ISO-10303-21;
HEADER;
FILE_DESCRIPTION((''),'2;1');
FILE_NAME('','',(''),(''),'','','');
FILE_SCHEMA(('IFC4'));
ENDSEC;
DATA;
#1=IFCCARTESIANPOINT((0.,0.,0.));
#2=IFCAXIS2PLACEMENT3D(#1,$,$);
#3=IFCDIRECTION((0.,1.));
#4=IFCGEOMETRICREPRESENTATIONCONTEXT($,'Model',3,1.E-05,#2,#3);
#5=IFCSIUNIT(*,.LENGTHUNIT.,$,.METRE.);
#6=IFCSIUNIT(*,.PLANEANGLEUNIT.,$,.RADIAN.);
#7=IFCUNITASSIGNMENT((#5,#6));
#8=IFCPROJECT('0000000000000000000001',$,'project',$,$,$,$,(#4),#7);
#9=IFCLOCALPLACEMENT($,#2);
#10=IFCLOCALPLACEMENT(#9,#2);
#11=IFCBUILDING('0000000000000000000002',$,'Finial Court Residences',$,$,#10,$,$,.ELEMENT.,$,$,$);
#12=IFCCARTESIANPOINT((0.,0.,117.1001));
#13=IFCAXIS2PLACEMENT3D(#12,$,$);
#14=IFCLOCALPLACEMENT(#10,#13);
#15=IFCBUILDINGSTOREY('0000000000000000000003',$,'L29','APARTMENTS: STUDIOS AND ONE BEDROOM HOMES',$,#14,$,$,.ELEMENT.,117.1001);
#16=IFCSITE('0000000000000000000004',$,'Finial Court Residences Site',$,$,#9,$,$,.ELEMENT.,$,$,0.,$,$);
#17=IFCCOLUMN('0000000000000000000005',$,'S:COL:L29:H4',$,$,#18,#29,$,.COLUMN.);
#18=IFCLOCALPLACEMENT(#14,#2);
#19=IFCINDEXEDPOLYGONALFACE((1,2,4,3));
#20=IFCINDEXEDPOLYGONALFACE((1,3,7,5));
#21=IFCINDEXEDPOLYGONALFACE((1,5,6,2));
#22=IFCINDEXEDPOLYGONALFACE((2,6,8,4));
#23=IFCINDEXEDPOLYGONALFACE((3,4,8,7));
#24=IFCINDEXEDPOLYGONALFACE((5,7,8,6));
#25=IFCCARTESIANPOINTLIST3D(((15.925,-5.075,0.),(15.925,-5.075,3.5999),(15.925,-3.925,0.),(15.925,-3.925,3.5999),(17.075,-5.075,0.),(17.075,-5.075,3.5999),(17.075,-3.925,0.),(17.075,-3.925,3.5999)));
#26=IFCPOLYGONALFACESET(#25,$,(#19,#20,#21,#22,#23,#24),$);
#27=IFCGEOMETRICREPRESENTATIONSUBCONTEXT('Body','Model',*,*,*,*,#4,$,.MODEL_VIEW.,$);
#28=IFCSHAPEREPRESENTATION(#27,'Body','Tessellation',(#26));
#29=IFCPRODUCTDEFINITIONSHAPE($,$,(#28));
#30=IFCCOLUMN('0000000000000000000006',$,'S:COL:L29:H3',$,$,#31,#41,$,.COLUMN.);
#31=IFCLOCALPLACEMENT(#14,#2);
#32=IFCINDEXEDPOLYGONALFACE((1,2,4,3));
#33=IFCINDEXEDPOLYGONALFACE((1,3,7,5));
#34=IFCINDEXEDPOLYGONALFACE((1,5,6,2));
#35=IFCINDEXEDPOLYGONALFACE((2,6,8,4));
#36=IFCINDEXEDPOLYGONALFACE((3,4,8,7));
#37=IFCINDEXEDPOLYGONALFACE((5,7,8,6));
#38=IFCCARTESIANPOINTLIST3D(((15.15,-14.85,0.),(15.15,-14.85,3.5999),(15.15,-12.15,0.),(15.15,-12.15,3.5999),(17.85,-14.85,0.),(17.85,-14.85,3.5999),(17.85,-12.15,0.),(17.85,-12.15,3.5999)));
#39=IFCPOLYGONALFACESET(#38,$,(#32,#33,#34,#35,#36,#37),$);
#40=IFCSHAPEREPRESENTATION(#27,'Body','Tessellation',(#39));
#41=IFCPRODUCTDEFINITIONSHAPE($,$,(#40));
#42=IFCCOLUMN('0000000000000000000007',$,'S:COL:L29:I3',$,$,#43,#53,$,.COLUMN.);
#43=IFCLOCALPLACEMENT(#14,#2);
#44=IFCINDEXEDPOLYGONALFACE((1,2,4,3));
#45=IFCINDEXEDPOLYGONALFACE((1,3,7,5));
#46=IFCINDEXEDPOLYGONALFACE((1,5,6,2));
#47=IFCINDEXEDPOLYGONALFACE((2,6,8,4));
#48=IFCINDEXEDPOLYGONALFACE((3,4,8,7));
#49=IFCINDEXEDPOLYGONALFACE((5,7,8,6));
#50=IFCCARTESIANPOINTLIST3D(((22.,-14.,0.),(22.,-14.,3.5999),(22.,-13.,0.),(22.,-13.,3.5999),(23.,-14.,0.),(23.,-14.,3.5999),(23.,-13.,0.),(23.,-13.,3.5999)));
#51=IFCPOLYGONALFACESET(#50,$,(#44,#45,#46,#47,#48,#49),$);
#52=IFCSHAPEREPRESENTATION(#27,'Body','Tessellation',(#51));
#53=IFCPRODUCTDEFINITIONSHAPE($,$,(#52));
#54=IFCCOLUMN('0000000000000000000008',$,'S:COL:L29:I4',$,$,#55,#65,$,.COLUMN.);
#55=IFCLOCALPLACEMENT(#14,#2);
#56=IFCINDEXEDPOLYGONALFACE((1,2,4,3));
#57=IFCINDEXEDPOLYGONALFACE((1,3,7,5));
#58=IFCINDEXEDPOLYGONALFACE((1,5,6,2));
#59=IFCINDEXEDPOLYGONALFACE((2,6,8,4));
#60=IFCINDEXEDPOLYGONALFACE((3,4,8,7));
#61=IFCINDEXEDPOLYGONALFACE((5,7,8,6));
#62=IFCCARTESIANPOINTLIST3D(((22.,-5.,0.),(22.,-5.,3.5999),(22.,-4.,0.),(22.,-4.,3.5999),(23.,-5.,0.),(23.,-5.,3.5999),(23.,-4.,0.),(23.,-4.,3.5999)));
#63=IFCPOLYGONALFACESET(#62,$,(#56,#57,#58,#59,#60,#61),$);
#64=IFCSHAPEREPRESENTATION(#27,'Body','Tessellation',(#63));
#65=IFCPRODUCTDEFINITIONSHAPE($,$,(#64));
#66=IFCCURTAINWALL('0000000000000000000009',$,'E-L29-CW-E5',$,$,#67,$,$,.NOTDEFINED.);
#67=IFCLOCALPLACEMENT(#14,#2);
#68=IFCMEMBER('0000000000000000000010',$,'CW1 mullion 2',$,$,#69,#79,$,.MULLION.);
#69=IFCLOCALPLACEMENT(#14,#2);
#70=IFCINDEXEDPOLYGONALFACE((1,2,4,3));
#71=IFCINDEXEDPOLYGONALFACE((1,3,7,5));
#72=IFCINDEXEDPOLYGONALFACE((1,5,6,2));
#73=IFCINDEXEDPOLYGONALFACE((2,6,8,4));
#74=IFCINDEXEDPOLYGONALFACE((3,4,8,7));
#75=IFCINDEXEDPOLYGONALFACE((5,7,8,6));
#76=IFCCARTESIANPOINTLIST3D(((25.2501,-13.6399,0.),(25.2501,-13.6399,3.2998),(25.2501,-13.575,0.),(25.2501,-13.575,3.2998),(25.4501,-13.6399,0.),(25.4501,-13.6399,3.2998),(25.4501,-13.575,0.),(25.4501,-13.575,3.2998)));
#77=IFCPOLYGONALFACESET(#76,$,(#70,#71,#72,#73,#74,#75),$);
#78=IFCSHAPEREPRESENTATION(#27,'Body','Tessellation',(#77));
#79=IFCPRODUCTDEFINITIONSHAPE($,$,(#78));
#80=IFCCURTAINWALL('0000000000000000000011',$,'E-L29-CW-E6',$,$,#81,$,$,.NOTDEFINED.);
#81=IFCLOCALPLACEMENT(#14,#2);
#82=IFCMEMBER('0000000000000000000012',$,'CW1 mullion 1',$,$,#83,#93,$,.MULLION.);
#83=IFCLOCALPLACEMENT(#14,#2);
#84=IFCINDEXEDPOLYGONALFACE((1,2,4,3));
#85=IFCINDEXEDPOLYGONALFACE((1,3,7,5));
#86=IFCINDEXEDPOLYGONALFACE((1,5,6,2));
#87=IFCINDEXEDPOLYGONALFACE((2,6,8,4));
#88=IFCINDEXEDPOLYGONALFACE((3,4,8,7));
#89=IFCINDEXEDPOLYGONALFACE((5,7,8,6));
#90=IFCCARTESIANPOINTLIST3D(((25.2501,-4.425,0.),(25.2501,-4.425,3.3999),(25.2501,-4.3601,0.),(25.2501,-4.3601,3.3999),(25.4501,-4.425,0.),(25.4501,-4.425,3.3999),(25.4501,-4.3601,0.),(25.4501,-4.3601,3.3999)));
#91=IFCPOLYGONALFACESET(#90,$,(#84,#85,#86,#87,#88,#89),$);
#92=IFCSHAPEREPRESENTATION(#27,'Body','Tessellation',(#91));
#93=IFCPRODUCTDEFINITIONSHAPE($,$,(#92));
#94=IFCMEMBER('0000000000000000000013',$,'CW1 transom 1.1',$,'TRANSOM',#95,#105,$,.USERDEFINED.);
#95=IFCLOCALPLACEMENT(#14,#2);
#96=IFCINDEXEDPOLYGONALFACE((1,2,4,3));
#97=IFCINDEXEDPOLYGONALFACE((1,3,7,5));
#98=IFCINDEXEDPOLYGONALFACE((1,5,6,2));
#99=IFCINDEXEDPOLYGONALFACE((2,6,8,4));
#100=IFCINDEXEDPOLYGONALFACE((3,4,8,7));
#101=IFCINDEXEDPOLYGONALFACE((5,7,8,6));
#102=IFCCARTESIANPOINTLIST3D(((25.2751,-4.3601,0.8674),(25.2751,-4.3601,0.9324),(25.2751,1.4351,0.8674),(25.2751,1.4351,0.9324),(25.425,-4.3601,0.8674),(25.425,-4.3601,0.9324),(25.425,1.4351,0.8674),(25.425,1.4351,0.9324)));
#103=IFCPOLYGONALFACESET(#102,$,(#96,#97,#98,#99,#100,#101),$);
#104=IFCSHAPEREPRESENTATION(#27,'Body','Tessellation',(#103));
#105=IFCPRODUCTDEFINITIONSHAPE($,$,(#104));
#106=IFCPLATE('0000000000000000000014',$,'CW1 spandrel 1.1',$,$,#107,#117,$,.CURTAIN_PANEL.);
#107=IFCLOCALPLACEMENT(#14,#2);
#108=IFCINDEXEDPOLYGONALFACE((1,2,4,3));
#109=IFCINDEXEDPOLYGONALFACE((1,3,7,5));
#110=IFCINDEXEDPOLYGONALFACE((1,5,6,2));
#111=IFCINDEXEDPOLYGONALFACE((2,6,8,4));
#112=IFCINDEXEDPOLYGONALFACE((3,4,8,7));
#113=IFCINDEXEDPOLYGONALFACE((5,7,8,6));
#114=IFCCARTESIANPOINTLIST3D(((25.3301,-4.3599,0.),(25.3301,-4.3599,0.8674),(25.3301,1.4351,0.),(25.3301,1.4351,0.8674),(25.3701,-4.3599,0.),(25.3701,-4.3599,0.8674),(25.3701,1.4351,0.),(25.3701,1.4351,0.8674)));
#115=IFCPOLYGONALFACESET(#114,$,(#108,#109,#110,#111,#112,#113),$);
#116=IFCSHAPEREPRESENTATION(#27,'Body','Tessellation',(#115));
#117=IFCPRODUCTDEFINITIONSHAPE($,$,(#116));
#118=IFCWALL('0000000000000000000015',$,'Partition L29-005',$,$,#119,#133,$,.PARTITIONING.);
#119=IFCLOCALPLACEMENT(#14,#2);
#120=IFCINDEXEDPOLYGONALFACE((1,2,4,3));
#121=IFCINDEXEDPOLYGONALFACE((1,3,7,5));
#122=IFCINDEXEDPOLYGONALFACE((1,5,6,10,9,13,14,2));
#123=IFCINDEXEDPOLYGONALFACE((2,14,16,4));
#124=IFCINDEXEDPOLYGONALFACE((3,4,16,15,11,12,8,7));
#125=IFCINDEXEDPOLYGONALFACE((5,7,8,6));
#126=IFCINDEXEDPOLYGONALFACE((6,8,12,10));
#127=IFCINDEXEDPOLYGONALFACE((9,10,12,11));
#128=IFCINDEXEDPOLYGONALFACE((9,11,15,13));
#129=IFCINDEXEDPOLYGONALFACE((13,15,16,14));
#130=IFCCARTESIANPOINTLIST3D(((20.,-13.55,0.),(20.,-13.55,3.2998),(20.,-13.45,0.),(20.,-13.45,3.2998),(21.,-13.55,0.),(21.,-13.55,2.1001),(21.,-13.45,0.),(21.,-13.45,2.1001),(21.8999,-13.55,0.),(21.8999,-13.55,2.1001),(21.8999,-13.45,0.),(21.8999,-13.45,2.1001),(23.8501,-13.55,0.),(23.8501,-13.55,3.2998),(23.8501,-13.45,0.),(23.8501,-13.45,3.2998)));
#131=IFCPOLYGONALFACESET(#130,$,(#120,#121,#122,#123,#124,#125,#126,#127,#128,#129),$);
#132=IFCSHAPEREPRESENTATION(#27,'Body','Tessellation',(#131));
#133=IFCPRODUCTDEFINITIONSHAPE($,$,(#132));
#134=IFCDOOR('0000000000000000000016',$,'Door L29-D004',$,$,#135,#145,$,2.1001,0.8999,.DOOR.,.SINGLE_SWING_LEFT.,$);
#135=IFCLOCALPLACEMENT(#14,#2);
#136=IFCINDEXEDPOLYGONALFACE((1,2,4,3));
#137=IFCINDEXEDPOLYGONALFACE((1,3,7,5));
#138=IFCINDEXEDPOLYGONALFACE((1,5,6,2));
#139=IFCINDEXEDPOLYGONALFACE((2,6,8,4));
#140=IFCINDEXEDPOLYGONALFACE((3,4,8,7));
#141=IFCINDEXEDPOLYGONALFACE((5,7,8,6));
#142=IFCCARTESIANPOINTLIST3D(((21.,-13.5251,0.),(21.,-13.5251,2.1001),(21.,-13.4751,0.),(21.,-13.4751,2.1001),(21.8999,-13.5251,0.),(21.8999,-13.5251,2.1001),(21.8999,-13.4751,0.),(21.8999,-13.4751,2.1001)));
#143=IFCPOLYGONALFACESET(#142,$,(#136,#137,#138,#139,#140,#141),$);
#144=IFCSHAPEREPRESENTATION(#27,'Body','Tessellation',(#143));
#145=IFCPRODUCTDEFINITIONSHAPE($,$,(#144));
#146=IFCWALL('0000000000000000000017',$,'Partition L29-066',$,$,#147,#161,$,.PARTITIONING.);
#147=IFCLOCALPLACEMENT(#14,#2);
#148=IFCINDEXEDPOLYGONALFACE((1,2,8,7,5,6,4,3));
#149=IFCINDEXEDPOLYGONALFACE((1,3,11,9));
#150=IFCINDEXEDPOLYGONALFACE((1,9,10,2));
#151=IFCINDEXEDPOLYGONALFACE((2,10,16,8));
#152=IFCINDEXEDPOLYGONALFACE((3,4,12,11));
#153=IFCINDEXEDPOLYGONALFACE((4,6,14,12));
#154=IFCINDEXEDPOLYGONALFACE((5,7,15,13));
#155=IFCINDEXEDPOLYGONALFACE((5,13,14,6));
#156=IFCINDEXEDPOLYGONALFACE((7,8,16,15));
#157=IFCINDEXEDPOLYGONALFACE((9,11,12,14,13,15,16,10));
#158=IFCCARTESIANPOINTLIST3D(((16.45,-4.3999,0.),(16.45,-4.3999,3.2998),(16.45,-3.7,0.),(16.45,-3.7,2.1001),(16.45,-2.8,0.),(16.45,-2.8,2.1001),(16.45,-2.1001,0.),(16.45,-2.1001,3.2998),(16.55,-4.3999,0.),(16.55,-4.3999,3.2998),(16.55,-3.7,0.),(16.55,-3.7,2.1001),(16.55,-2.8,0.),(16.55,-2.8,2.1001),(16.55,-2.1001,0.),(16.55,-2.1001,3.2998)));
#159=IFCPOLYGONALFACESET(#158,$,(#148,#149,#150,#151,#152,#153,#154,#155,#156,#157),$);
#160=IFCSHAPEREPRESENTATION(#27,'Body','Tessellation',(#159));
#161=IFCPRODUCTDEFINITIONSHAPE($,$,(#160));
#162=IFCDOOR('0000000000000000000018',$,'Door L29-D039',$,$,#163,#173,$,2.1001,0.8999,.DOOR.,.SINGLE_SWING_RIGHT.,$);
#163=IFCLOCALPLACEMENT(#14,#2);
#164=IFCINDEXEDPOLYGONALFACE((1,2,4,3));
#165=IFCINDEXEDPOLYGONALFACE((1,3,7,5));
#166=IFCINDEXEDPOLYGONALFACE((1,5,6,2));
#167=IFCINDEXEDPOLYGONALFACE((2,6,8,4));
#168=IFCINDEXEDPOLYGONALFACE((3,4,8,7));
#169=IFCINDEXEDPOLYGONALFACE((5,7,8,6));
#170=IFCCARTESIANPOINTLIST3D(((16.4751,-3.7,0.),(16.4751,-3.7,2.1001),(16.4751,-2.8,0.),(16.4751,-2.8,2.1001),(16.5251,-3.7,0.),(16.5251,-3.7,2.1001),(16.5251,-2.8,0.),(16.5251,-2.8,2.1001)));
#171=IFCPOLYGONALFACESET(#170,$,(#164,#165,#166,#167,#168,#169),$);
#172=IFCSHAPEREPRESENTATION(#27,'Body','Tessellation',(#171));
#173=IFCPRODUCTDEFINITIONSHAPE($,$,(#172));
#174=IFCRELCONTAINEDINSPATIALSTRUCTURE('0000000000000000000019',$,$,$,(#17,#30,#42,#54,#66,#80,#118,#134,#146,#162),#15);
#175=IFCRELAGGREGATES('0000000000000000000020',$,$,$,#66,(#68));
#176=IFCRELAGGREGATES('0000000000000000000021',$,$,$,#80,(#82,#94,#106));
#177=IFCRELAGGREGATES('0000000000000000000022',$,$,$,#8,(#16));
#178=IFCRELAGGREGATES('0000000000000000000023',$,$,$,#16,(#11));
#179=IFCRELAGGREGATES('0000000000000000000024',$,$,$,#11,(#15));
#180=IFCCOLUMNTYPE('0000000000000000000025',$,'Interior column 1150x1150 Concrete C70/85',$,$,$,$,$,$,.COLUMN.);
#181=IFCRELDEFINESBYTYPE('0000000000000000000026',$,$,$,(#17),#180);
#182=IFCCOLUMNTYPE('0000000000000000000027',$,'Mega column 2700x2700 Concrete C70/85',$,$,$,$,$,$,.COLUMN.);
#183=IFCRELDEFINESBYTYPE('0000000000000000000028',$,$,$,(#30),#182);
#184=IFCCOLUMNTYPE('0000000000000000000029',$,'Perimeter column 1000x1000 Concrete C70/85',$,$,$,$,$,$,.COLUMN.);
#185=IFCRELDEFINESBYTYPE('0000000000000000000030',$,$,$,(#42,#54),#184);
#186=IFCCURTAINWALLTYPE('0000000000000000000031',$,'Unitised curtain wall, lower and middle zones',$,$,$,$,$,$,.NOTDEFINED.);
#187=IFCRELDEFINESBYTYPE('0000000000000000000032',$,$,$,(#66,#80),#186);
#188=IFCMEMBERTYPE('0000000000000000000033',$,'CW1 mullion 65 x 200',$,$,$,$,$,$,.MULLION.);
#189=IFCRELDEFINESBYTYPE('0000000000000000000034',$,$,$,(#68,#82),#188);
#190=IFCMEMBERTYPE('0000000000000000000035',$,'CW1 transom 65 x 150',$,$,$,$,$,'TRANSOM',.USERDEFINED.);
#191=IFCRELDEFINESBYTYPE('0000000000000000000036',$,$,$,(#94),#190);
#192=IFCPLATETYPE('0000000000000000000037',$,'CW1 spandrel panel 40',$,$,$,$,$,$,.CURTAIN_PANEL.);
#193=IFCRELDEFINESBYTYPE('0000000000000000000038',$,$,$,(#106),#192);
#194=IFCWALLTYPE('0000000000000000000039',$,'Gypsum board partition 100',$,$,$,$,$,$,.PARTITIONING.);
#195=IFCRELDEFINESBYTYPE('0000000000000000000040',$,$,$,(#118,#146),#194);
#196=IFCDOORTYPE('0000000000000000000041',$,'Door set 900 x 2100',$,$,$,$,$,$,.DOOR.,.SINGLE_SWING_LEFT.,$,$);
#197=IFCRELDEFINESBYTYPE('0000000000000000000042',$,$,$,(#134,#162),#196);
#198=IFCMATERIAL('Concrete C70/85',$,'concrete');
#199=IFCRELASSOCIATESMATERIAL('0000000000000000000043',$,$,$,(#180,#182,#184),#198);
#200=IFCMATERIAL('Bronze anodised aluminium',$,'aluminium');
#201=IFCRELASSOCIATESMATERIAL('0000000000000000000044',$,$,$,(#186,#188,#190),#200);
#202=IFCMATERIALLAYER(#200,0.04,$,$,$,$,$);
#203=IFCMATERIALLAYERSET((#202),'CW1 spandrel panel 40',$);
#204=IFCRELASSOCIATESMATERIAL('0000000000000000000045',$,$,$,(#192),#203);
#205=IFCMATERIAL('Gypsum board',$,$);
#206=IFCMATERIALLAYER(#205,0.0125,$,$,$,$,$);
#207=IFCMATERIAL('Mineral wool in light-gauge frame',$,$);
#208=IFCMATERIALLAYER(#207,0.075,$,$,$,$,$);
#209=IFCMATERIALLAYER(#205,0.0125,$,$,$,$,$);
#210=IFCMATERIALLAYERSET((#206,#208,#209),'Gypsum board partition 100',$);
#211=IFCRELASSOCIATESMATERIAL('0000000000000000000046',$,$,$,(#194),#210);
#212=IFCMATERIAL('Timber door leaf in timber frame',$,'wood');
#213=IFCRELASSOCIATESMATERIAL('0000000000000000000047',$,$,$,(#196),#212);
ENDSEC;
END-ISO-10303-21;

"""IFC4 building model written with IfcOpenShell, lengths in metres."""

from ifc_helpers import new_model, si_unit, direction, frame, frame_2d, origin, origin_2d, place, context, subcontext, project, spatial, rectangle, extrude, material, layer, layer_set, material_profile, profile_set, type_object, element, fill, aggregate, save


model = new_model("IFC4")

# Units and contexts
model_context = context("Model", 3, precision=1e-05, world=origin(), true_north=direction((0.0, 1.0)))
body_context = subcontext(model_context, "Body", "Model", "MODEL_VIEW")
ifc_project = project(units=[si_unit("LENGTHUNIT", "METRE"), si_unit("PLANEANGLEUNIT", "RADIAN")], contexts=[model_context])

# Site, building, storey
site_placement = place(None, origin())
site = spatial("IfcSite", under=ifc_project, at=site_placement, Name="Finial Court Residences Site", CompositionType="ELEMENT", RefElevation=0.0)
building_placement = place(site_placement, origin())
building = spatial("IfcBuilding", under=site, at=building_placement, Name="Finial Court Residences", CompositionType="ELEMENT")
storey_placement = place(building_placement, frame((0.0, 0.0, 117.1001)))
storey = spatial("IfcBuildingStorey", under=building, at=storey_placement, Name="L29", Description="APARTMENTS: STUDIOS AND ONE BEDROOM HOMES", CompositionType="ELEMENT", Elevation=117.1001)

# Columns
ifc_material_1 = material(Name="Concrete C70/85", Category="concrete")
ifc_material_profile_1 = material_profile(ifc_material_1, rectangle(XDim=1.1499, YDim=1.1499, at=origin_2d()), Name="1150x1150")
ifc_profile_set_1 = profile_set([ifc_material_profile_1], Name="Concrete C70/85")
column_type_1 = type_object("IfcColumnType", Name="Interior column 1150x1150 Concrete C70/85", PredefinedType="COLUMN", material=ifc_profile_set_1)
column_1_placement = place(storey_placement, frame((16.5, -4.5, 0.0), z_axis=(0.0, 0.0, 1.0), x_axis=(1.0, 0.0, 0.0)))
element("IfcColumn", 1, at=column_1_placement, inside=storey, type_object=column_type_1, Name="S:COL:L29:H4", PredefinedType="COLUMN", context=body_context, shape_type="SweptSolid", body=[
    extrude(rectangle(XDim=1.1499, YDim=1.1499, at=origin_2d()), origin(), (0.0, 0.0, 1.0), 3.5999),
])
ifc_material_profile_2 = material_profile(ifc_material_1, rectangle(XDim=2.7, YDim=2.7, at=origin_2d()), Name="2700x2700")
ifc_profile_set_2 = profile_set([ifc_material_profile_2], Name="Concrete C70/85")
column_type_2 = type_object("IfcColumnType", Name="Mega column 2700x2700 Concrete C70/85", PredefinedType="COLUMN", material=ifc_profile_set_2)
column_2_placement = place(storey_placement, frame((16.5, -13.5, 0.0), z_axis=(0.0, 0.0, 1.0), x_axis=(1.0, 0.0, 0.0)))
element("IfcColumn", 2, at=column_2_placement, inside=storey, type_object=column_type_2, Name="S:COL:L29:H3", PredefinedType="COLUMN", context=body_context, shape_type="SweptSolid", body=[
    extrude(rectangle(XDim=2.7, YDim=2.7, at=origin_2d()), origin(), (0.0, 0.0, 1.0), 3.5999),
])
ifc_material_profile_3 = material_profile(ifc_material_1, rectangle(XDim=1.0, YDim=1.0, at=origin_2d()), Name="1000x1000")
ifc_profile_set_3 = profile_set([ifc_material_profile_3], Name="Concrete C70/85")
column_type_3 = type_object("IfcColumnType", Name="Perimeter column 1000x1000 Concrete C70/85", PredefinedType="COLUMN", material=ifc_profile_set_3)
for number, where, z_axis, x_axis, name in (
    (3, (22.5, -13.5, 0.0), (0.0, 0.0, 1.0), (1.0, 0.0, 0.0), "S:COL:L29:I3"),
    (4, (22.5, -4.5, 0.0), (0.0, 0.0, 1.0), (1.0, 0.0, 0.0), "S:COL:L29:I4"),
):
    element("IfcColumn", number, at=place(storey_placement, frame(where, z_axis=z_axis, x_axis=x_axis)), inside=storey, type_object=column_type_3, Name=name, PredefinedType="COLUMN", context=body_context, shape_type="SweptSolid", body=[
        extrude(rectangle(XDim=1.0, YDim=1.0, at=origin_2d()), origin(), (0.0, 0.0, 1.0), 3.5999),
    ])

# Curtain wall, member
ifc_material_2 = material(Name="Bronze anodised aluminium", Category="aluminium")
curtain_wall_type = type_object("IfcCurtainWallType", Name="Unitised curtain wall, lower and middle zones", PredefinedType="NOTDEFINED", material=ifc_material_2)
curtain_wall_1_placement = place(storey_placement, origin())
curtain_wall_1 = element("IfcCurtainWall", 5, at=curtain_wall_1_placement, inside=storey, type_object=curtain_wall_type, Name="E-L29-CW-E5", PredefinedType="NOTDEFINED")
ifc_material_profile_4 = material_profile(ifc_material_2, rectangle(XDim=0.2, YDim=0.0649, at=origin_2d()), Name="CW1 mullion 65 x 200")
ifc_profile_set_4 = profile_set([ifc_material_profile_4], Name="Bronze anodised aluminium")
member_type_1 = type_object("IfcMemberType", Name="CW1 mullion 65 x 200", PredefinedType="MULLION", material=ifc_profile_set_4)
member_1_placement = place(storey_placement, frame((25.3501, -13.6074, 0.0), z_axis=(0.0, 0.0, 1.0), x_axis=(-1.0, 0.0, 0.0)))
member_1 = element("IfcMember", 6, at=member_1_placement, type_object=member_type_1, Name="CW1 mullion 2", PredefinedType="MULLION", context=body_context, shape_type="SweptSolid", body=[
    extrude(rectangle(XDim=0.2, YDim=0.0649, at=origin_2d()), origin(), (0.0, 0.0, 1.0), 3.2998),
])
aggregate(curtain_wall_1, [member_1])

# Curtain wall, members, plate
curtain_wall_2_placement = place(storey_placement, origin())
curtain_wall_2 = element("IfcCurtainWall", 7, at=curtain_wall_2_placement, inside=storey, type_object=curtain_wall_type, Name="E-L29-CW-E6", PredefinedType="NOTDEFINED")
member_2_placement = place(storey_placement, frame((25.3501, -4.3926, 0.0), z_axis=(0.0, 0.0, 1.0), x_axis=(-1.0, 0.0, 0.0)))
member_2 = element("IfcMember", 8, at=member_2_placement, type_object=member_type_1, Name="CW1 mullion 1", PredefinedType="MULLION", context=body_context, shape_type="SweptSolid", body=[
    extrude(rectangle(XDim=0.2, YDim=0.0649, at=origin_2d()), origin(), (0.0, 0.0, 1.0), 3.3999),
])
ifc_material_profile_5 = material_profile(ifc_material_2, rectangle(XDim=0.1499, YDim=0.0649, at=origin_2d()), Name="CW1 transom 65 x 150")
ifc_profile_set_5 = profile_set([ifc_material_profile_5], Name="Bronze anodised aluminium")
member_type_2 = type_object("IfcMemberType", Name="CW1 transom 65 x 150", ElementType="TRANSOM", PredefinedType="USERDEFINED", material=ifc_profile_set_5)
member_3_placement = place(storey_placement, frame((25.3501, -4.3601, 0.8999), z_axis=(0.0, 1.0, 0.0), x_axis=(-1.0, 0.0, 0.0)))
member_3 = element("IfcMember", 9, at=member_3_placement, type_object=member_type_2, Name="CW1 transom 1.1", ObjectType="TRANSOM", PredefinedType="USERDEFINED", context=body_context, shape_type="SweptSolid", body=[
    extrude(rectangle(XDim=0.1499, YDim=0.0649, at=origin_2d()), origin(), (0.0, 0.0, 1.0), 5.7952),
])
ifc_layer_1 = layer(ifc_material_2, 0.04)
ifc_layer_set_1 = layer_set([ifc_layer_1], Name="CW1 spandrel panel 40")
plate_type = type_object("IfcPlateType", Name="CW1 spandrel panel 40", PredefinedType="CURTAIN_PANEL", material=ifc_layer_set_1)
plate_placement = place(storey_placement, frame((25.3501, -1.4624, 0.0), z_axis=(0.0, 0.0, 1.0), x_axis=(0.0, 1.0, 0.0)))
plate = element("IfcPlate", 10, at=plate_placement, type_object=plate_type, Name="CW1 spandrel 1.1", PredefinedType="CURTAIN_PANEL", context=body_context, shape_type="SweptSolid", body=[
    extrude(rectangle(XDim=5.7949, YDim=0.04, at=origin_2d()), origin(), (0.0, 0.0, 1.0), 0.8674),
])
aggregate(curtain_wall_2, [member_2, member_3, plate])

# Walls, openings, doors
ifc_material_3 = material(Name="Gypsum board")
ifc_layer_2 = layer(ifc_material_3, 0.0125)
ifc_material_4 = material(Name="Mineral wool in light-gauge frame")
ifc_layer_3 = layer(ifc_material_4, 0.075)
ifc_layer_4 = layer(ifc_material_3, 0.0125)
ifc_layer_set_2 = layer_set([ifc_layer_2, ifc_layer_3, ifc_layer_4], Name="Gypsum board partition 100")
wall_type_1 = type_object("IfcWallType", Name="Gypsum board partition 100", PredefinedType="PARTITIONING", material=ifc_layer_set_2)
wall_1_placement = place(storey_placement, frame((20.0, -13.5, 0.0), z_axis=(0.0, 0.0, 1.0), x_axis=(1.0, 0.0, 0.0)))
wall_1 = element("IfcWall", 11, at=wall_1_placement, inside=storey, type_object=wall_type_1, Name="Partition L29-005", PredefinedType="PARTITIONING", context=body_context, shape_type="SweptSolid", body=[
    extrude(rectangle(XDim=3.8501, YDim=0.1001, at=frame_2d((1.925, 0.0))), origin(), (0.0, 0.0, 1.0), 3.2998),
])
opening_1_placement = place(wall_1_placement, frame((1.0, 0.0, 0.0)))
opening_1 = element("IfcOpeningElement", 12, at=opening_1_placement, cuts=wall_1, PredefinedType="OPENING", context=body_context, shape_type="SweptSolid", body=[
    extrude(rectangle(XDim=0.8999, YDim=2.1001, at=frame_2d((0.45, 1.05))), frame((0.0, 0.0601, 0.0), z_axis=(0.0, -1.0, 0.0), x_axis=(1.0, 0.0, 0.0)), (0.0, 0.0, 1.0), 0.1201),
])
ifc_material_5 = material(Name="Timber door leaf in timber frame", Category="wood")
door_type_1 = type_object("IfcDoorType", Name="Door set 900 x 2100", OperationType="SINGLE_SWING_LEFT", PredefinedType="DOOR", material=ifc_material_5)
door_1_placement = place(opening_1_placement, origin())
door_1 = element("IfcDoor", 13, at=door_1_placement, inside=storey, type_object=door_type_1, Name="Door L29-D004", OperationType="SINGLE_SWING_LEFT", OverallHeight=2.1001, OverallWidth=0.8999, PredefinedType="DOOR", context=body_context, shape_type="SweptSolid", body=[
    extrude(rectangle(XDim=0.8999, YDim=2.1001, at=frame_2d((0.45, 1.05))), frame((0.0, 0.0249, 0.0), z_axis=(0.0, -1.0, 0.0), x_axis=(1.0, 0.0, 0.0)), (0.0, 0.0, 1.0), 0.05),
])
fill(opening_1, door_1)
wall_2_placement = place(storey_placement, frame((16.5, -4.3999, 0.0), z_axis=(0.0, 0.0, 1.0), x_axis=(0.0, 1.0, 0.0)))
wall_2 = element("IfcWall", 14, at=wall_2_placement, inside=storey, type_object=wall_type_1, Name="Partition L29-066", PredefinedType="PARTITIONING", context=body_context, shape_type="SweptSolid", body=[
    extrude(rectangle(XDim=2.2998, YDim=0.1001, at=frame_2d((1.1499, 0.0))), origin(), (0.0, 0.0, 1.0), 3.2998),
])
opening_2_placement = place(wall_2_placement, frame((0.7, 0.0, 0.0)))
opening_2 = element("IfcOpeningElement", 15, at=opening_2_placement, cuts=wall_2, PredefinedType="OPENING", context=body_context, shape_type="SweptSolid", body=[
    extrude(rectangle(XDim=0.8999, YDim=2.1001, at=frame_2d((0.45, 1.05))), frame((0.0, 0.0601, 0.0), z_axis=(0.0, -1.0, 0.0), x_axis=(1.0, 0.0, 0.0)), (0.0, 0.0, 1.0), 0.1201),
])
door_2_placement = place(opening_2_placement, origin())
door_2 = element("IfcDoor", 16, at=door_2_placement, inside=storey, type_object=door_type_1, Name="Door L29-D039", OperationType="SINGLE_SWING_RIGHT", OverallHeight=2.1001, OverallWidth=0.8999, PredefinedType="DOOR", context=body_context, shape_type="SweptSolid", body=[
    extrude(rectangle(XDim=0.8999, YDim=2.1001, at=frame_2d((0.45, 1.05))), frame((0.0, 0.0249, 0.0), z_axis=(0.0, -1.0, 0.0), x_axis=(1.0, 0.0, 0.0)), (0.0, 0.0, 1.0), 0.05),
])
fill(opening_2, door_2)

save(model, "model.ifc")
